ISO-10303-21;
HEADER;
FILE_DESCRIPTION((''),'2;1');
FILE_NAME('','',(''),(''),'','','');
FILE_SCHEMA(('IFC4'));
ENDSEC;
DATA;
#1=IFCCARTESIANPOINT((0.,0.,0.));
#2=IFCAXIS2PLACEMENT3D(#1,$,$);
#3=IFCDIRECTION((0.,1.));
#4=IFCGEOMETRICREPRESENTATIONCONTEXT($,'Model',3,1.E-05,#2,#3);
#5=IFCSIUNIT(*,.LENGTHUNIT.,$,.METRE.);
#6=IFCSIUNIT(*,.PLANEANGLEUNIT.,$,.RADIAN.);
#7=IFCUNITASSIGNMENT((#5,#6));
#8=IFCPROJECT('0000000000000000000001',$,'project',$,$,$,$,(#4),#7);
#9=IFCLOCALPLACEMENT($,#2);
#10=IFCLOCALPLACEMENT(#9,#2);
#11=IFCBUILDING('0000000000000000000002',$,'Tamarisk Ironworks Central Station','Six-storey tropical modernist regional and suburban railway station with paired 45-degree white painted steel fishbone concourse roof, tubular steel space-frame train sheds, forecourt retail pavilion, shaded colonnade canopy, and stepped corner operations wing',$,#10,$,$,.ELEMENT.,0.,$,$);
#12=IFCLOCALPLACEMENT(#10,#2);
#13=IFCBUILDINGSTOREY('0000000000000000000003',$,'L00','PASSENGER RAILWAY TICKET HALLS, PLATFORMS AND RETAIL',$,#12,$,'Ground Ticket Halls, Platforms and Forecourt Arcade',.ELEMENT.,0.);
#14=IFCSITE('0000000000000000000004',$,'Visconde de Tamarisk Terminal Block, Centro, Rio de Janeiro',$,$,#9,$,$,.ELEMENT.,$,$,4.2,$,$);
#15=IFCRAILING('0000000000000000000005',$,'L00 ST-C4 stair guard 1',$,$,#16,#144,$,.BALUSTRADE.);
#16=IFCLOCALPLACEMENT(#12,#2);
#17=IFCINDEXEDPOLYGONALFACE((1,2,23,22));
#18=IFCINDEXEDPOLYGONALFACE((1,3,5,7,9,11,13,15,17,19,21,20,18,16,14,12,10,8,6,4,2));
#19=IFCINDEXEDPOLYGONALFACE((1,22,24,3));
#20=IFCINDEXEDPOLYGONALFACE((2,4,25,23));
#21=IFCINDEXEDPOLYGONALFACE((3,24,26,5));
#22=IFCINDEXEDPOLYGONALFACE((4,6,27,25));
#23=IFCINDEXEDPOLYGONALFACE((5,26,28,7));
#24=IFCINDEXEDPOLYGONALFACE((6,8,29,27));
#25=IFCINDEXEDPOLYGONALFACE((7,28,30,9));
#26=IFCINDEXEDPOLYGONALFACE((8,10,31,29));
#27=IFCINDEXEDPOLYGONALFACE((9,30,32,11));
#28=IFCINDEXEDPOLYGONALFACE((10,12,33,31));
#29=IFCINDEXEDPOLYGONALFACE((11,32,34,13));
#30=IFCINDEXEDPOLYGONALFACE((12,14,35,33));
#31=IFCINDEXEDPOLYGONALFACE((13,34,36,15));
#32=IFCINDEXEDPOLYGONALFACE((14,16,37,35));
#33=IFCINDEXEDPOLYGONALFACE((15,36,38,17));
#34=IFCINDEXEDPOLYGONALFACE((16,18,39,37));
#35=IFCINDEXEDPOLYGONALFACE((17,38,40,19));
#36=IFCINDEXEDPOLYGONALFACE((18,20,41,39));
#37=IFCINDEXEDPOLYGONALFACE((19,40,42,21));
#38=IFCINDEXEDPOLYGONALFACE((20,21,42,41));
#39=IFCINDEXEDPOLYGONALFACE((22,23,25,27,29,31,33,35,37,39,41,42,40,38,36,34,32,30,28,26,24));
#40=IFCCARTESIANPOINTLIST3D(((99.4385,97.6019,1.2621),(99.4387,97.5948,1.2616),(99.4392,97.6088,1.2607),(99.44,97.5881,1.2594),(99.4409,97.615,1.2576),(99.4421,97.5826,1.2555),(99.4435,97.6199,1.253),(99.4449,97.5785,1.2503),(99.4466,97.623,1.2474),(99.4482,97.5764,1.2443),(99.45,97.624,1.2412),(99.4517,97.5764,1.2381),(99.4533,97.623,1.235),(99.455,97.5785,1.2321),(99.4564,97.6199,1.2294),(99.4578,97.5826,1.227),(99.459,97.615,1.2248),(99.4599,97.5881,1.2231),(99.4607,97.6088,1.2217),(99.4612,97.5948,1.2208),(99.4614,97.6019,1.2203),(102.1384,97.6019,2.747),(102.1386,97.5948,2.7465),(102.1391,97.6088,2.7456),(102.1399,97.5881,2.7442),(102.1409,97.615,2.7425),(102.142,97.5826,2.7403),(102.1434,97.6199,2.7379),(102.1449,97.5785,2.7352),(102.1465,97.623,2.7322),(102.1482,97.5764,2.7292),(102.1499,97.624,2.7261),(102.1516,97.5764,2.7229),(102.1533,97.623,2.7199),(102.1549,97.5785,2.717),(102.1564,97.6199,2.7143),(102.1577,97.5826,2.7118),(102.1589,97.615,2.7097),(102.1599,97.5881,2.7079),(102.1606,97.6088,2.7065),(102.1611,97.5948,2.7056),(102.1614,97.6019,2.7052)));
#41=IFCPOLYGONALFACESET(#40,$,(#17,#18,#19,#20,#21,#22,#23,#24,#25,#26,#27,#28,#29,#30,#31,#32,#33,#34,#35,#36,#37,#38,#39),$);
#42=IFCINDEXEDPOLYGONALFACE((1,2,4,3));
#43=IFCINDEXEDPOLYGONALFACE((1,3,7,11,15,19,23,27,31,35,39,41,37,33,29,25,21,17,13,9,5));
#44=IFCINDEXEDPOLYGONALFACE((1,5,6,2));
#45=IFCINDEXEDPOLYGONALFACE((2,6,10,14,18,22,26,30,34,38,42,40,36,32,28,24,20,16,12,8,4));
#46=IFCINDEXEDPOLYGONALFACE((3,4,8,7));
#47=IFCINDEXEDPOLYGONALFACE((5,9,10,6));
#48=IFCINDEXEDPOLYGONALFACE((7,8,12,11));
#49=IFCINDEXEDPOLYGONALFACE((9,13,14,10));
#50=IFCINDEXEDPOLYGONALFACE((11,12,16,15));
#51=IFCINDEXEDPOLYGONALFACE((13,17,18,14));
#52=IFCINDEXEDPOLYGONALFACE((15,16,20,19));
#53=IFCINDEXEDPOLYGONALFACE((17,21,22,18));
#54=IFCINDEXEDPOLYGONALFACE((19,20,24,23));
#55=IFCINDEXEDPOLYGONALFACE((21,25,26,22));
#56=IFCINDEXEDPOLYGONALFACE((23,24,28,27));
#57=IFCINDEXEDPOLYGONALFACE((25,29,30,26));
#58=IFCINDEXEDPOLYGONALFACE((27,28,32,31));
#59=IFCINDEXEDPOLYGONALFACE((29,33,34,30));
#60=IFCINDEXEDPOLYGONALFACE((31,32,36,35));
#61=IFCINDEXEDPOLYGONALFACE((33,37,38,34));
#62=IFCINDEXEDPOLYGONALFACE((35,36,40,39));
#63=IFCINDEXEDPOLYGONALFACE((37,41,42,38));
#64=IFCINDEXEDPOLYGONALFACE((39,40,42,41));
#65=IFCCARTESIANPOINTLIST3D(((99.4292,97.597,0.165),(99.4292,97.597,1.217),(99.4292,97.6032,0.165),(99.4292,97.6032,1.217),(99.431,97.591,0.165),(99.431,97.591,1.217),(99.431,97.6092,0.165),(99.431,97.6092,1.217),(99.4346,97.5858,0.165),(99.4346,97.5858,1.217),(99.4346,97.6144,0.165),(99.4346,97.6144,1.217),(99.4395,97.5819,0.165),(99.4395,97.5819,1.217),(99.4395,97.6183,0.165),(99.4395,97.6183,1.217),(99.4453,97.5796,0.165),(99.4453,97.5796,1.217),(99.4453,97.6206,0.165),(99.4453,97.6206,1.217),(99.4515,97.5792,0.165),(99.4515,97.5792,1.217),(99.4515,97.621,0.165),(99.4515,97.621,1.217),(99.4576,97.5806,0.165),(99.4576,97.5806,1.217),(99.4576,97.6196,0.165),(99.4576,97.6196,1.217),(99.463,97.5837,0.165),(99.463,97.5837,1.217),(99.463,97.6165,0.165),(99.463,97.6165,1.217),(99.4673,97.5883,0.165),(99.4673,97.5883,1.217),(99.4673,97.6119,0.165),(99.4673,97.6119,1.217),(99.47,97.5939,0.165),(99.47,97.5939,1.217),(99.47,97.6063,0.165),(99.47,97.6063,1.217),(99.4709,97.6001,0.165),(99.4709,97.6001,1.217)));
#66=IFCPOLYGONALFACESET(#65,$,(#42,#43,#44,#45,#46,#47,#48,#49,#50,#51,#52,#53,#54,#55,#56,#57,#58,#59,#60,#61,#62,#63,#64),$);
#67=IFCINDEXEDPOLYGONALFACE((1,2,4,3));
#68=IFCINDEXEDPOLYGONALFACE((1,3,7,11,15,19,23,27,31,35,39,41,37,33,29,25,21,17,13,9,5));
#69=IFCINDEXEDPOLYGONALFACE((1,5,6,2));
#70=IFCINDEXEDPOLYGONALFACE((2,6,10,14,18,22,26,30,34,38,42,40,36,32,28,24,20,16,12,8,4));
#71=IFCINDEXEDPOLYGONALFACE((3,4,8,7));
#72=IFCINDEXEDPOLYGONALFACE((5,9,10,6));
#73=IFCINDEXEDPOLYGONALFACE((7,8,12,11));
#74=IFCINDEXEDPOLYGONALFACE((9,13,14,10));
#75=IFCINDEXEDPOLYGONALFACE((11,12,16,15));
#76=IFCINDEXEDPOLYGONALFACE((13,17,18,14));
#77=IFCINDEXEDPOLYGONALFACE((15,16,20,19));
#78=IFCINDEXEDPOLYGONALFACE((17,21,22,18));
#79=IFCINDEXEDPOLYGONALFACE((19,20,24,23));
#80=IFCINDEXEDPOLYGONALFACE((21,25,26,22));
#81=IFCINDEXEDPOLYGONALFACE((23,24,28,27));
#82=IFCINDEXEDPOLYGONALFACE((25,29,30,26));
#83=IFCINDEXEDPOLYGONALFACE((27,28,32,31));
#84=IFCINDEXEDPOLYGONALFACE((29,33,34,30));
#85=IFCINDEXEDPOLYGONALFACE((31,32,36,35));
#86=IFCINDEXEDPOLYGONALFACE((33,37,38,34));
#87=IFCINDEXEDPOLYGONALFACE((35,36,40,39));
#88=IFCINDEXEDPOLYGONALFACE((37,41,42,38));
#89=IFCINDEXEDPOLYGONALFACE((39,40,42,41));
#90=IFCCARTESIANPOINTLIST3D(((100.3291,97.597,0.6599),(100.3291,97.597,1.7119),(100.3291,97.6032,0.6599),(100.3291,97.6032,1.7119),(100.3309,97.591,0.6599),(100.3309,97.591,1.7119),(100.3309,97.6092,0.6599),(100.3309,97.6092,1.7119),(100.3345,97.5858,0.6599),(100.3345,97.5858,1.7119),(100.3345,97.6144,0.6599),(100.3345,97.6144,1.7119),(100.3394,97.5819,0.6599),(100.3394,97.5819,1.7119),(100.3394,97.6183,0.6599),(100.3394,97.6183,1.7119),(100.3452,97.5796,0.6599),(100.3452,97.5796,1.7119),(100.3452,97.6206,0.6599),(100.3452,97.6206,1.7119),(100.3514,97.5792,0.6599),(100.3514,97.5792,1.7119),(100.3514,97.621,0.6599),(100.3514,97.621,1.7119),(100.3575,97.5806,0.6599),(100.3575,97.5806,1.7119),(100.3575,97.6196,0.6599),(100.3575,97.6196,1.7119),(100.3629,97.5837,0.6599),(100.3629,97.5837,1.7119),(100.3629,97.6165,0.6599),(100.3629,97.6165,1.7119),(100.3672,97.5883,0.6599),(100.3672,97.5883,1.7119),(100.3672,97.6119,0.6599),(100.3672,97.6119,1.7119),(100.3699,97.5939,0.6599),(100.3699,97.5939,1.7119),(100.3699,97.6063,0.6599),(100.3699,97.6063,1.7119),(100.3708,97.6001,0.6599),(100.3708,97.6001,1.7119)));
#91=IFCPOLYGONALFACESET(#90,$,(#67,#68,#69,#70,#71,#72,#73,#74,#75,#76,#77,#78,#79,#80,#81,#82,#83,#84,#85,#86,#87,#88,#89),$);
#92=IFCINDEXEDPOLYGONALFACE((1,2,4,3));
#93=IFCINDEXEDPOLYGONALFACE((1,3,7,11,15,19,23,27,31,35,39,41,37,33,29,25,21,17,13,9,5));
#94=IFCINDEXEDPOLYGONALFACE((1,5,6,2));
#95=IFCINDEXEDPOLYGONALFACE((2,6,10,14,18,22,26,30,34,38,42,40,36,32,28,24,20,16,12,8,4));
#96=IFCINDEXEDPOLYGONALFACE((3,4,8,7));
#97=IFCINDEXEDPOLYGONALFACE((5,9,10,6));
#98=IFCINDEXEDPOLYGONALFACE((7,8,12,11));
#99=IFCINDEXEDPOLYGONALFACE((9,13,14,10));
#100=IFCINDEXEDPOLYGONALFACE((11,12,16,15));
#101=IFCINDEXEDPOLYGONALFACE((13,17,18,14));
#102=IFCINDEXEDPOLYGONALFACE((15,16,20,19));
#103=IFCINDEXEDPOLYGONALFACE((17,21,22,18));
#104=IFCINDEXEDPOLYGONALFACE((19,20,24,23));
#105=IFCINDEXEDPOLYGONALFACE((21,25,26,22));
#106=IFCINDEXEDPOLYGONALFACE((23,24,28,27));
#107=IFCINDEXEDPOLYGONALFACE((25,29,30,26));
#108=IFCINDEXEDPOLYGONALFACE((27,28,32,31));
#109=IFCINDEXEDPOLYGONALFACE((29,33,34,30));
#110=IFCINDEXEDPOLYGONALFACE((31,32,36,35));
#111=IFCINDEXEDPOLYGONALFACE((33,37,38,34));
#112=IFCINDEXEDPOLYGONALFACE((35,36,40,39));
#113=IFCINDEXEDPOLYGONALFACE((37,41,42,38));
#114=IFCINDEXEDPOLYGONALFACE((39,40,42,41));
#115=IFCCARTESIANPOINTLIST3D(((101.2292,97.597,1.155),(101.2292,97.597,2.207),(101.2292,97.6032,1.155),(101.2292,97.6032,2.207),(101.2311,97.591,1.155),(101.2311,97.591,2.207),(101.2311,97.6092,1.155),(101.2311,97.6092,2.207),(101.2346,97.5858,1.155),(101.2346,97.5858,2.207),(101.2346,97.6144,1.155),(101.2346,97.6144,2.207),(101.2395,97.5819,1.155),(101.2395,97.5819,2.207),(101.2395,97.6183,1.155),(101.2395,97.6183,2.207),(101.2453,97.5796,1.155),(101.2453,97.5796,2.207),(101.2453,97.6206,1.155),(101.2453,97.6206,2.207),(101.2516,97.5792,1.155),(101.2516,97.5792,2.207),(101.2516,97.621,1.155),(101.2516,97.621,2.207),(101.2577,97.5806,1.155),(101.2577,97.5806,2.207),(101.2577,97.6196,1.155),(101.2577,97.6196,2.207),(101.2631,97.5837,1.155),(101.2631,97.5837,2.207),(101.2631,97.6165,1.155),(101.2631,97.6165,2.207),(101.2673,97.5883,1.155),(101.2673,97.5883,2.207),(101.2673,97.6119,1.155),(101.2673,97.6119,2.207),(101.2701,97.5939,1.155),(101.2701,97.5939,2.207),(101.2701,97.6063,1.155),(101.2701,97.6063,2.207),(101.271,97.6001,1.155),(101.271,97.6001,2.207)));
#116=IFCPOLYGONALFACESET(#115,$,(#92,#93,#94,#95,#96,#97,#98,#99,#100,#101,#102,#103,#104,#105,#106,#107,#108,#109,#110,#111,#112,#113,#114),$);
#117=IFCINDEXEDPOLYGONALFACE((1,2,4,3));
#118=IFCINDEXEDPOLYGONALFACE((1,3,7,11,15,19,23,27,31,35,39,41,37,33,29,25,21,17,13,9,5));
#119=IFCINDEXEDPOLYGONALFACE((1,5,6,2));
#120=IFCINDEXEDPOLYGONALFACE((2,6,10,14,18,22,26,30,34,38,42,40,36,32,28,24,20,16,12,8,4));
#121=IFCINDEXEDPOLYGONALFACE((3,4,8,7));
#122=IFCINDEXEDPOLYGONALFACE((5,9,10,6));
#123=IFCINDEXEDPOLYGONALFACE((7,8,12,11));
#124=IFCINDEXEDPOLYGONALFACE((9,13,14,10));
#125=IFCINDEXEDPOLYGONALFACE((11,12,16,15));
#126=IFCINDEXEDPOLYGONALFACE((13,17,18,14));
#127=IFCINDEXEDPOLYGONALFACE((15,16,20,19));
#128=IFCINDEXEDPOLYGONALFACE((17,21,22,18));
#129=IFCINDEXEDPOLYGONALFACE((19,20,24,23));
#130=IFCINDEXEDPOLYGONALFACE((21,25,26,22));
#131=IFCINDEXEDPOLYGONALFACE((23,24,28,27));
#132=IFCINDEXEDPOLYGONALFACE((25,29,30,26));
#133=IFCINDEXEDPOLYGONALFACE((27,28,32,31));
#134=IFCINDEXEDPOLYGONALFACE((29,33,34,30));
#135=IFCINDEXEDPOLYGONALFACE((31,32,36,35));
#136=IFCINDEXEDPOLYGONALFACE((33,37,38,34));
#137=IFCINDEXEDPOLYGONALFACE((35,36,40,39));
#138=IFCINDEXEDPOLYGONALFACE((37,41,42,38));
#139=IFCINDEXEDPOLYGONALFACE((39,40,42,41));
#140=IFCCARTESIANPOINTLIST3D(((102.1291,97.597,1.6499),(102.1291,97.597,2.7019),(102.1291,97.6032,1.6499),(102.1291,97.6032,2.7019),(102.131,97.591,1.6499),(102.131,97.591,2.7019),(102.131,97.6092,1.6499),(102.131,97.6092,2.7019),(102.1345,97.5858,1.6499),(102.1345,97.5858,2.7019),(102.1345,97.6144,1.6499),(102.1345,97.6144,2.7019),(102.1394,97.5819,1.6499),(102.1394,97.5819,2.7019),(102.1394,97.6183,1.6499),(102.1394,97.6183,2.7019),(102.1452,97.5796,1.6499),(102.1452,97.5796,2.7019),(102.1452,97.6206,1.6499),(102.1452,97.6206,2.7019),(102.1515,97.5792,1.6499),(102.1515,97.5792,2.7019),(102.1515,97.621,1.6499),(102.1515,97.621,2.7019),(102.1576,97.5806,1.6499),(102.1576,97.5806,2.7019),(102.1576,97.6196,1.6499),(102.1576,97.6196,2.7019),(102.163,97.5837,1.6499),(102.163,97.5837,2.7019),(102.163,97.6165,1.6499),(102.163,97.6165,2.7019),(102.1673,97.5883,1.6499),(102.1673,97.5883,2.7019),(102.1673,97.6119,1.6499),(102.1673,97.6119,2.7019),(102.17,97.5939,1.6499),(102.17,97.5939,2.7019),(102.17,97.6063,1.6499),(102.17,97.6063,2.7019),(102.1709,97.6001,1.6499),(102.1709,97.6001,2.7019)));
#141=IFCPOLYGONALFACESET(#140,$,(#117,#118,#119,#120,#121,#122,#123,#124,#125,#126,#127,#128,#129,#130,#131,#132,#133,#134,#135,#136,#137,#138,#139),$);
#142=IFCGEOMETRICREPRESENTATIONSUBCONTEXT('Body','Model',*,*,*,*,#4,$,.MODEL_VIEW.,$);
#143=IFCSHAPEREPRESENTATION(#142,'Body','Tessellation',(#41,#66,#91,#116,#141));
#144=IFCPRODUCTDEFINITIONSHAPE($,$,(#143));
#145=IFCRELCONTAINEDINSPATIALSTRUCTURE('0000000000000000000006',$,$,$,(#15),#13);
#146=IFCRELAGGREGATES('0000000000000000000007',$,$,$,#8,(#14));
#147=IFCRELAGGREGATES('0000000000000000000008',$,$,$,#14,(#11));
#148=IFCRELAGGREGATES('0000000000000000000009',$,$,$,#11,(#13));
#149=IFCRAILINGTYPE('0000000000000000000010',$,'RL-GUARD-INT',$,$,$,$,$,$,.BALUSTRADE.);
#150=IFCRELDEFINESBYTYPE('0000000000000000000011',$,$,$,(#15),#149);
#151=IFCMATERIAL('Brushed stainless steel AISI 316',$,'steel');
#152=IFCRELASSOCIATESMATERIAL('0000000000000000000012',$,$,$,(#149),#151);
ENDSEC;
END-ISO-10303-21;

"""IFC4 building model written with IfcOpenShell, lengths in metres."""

from ifc_helpers import new_model, si_unit, direction, frame, origin, origin_2d, place, context, subcontext, project, spatial, circle, extrude, material, type_object, element, save


model = new_model("IFC4")

# Units and contexts
model_context = context("Model", 3, precision=1e-05, world=origin(), true_north=direction((0.0, 1.0)))
body_context = subcontext(model_context, "Body", "Model", "MODEL_VIEW")
ifc_project = project(units=[si_unit("LENGTHUNIT", "METRE"), si_unit("PLANEANGLEUNIT", "RADIAN")], contexts=[model_context])

# Site, building, storey
site_placement = place(None, origin())
site = spatial("IfcSite", under=ifc_project, at=site_placement, Name="Visconde de Tamarisk Terminal Block, Centro, Rio de Janeiro", CompositionType="ELEMENT", RefElevation=4.2)
building_placement = place(site_placement, origin())
building = spatial("IfcBuilding", under=site, at=building_placement, Name="Tamarisk Ironworks Central Station", Description="Six-storey tropical modernist regional and suburban railway station with paired 45-degree white painted steel fishbone concourse roof, tubular steel space-frame train sheds, forecourt retail pavilion, shaded colonnade canopy, and stepped corner operations wing", CompositionType="ELEMENT", ElevationOfRefHeight=0.0)
storey_placement = place(building_placement, origin())
storey = spatial("IfcBuildingStorey", under=building, at=storey_placement, Name="L00", Description="PASSENGER RAILWAY TICKET HALLS, PLATFORMS AND RETAIL", LongName="Ground Ticket Halls, Platforms and Forecourt Arcade", CompositionType="ELEMENT", Elevation=0.0)

# Railing
ifc_material_1 = material(Name="Brushed stainless steel AISI 316", Category="steel")
railing_type_1 = type_object("IfcRailingType", Name="RL-GUARD-INT", PredefinedType="BALUSTRADE", material=ifc_material_1)
railing_1_placement = place(storey_placement, frame((99.45, 97.6001, 0.165)))
element("IfcRailing", 1, at=railing_1_placement, inside=storey, type_object=railing_type_1, Name="L00 ST-C4 stair guard 1", PredefinedType="BALUSTRADE", context=body_context, shape_type="SweptSolid", body=[
    extrude(circle(Radius=0.0239, at=origin_2d()), frame((0.0, 0.0, 1.0762), z_axis=(0.876231, 0.0, 0.481891), x_axis=(0.0, 1.0, 0.0)), (0.0, 0.0, 1.0), 3.0813),
    extrude(circle(Radius=0.021, at=origin_2d()), origin(), (0.0, 0.0, 1.0), 1.052),
    extrude(circle(Radius=0.021, at=origin_2d()), frame((0.8999, 0.0, 0.4949)), (0.0, 0.0, 1.0), 1.052),
    extrude(circle(Radius=0.021, at=origin_2d()), frame((1.8, 0.0, 0.99)), (0.0, 0.0, 1.0), 1.052),
    extrude(circle(Radius=0.021, at=origin_2d()), frame((2.7, 0.0, 1.4849)), (0.0, 0.0, 1.0), 1.052),
])

save(model, "model.ifc")
